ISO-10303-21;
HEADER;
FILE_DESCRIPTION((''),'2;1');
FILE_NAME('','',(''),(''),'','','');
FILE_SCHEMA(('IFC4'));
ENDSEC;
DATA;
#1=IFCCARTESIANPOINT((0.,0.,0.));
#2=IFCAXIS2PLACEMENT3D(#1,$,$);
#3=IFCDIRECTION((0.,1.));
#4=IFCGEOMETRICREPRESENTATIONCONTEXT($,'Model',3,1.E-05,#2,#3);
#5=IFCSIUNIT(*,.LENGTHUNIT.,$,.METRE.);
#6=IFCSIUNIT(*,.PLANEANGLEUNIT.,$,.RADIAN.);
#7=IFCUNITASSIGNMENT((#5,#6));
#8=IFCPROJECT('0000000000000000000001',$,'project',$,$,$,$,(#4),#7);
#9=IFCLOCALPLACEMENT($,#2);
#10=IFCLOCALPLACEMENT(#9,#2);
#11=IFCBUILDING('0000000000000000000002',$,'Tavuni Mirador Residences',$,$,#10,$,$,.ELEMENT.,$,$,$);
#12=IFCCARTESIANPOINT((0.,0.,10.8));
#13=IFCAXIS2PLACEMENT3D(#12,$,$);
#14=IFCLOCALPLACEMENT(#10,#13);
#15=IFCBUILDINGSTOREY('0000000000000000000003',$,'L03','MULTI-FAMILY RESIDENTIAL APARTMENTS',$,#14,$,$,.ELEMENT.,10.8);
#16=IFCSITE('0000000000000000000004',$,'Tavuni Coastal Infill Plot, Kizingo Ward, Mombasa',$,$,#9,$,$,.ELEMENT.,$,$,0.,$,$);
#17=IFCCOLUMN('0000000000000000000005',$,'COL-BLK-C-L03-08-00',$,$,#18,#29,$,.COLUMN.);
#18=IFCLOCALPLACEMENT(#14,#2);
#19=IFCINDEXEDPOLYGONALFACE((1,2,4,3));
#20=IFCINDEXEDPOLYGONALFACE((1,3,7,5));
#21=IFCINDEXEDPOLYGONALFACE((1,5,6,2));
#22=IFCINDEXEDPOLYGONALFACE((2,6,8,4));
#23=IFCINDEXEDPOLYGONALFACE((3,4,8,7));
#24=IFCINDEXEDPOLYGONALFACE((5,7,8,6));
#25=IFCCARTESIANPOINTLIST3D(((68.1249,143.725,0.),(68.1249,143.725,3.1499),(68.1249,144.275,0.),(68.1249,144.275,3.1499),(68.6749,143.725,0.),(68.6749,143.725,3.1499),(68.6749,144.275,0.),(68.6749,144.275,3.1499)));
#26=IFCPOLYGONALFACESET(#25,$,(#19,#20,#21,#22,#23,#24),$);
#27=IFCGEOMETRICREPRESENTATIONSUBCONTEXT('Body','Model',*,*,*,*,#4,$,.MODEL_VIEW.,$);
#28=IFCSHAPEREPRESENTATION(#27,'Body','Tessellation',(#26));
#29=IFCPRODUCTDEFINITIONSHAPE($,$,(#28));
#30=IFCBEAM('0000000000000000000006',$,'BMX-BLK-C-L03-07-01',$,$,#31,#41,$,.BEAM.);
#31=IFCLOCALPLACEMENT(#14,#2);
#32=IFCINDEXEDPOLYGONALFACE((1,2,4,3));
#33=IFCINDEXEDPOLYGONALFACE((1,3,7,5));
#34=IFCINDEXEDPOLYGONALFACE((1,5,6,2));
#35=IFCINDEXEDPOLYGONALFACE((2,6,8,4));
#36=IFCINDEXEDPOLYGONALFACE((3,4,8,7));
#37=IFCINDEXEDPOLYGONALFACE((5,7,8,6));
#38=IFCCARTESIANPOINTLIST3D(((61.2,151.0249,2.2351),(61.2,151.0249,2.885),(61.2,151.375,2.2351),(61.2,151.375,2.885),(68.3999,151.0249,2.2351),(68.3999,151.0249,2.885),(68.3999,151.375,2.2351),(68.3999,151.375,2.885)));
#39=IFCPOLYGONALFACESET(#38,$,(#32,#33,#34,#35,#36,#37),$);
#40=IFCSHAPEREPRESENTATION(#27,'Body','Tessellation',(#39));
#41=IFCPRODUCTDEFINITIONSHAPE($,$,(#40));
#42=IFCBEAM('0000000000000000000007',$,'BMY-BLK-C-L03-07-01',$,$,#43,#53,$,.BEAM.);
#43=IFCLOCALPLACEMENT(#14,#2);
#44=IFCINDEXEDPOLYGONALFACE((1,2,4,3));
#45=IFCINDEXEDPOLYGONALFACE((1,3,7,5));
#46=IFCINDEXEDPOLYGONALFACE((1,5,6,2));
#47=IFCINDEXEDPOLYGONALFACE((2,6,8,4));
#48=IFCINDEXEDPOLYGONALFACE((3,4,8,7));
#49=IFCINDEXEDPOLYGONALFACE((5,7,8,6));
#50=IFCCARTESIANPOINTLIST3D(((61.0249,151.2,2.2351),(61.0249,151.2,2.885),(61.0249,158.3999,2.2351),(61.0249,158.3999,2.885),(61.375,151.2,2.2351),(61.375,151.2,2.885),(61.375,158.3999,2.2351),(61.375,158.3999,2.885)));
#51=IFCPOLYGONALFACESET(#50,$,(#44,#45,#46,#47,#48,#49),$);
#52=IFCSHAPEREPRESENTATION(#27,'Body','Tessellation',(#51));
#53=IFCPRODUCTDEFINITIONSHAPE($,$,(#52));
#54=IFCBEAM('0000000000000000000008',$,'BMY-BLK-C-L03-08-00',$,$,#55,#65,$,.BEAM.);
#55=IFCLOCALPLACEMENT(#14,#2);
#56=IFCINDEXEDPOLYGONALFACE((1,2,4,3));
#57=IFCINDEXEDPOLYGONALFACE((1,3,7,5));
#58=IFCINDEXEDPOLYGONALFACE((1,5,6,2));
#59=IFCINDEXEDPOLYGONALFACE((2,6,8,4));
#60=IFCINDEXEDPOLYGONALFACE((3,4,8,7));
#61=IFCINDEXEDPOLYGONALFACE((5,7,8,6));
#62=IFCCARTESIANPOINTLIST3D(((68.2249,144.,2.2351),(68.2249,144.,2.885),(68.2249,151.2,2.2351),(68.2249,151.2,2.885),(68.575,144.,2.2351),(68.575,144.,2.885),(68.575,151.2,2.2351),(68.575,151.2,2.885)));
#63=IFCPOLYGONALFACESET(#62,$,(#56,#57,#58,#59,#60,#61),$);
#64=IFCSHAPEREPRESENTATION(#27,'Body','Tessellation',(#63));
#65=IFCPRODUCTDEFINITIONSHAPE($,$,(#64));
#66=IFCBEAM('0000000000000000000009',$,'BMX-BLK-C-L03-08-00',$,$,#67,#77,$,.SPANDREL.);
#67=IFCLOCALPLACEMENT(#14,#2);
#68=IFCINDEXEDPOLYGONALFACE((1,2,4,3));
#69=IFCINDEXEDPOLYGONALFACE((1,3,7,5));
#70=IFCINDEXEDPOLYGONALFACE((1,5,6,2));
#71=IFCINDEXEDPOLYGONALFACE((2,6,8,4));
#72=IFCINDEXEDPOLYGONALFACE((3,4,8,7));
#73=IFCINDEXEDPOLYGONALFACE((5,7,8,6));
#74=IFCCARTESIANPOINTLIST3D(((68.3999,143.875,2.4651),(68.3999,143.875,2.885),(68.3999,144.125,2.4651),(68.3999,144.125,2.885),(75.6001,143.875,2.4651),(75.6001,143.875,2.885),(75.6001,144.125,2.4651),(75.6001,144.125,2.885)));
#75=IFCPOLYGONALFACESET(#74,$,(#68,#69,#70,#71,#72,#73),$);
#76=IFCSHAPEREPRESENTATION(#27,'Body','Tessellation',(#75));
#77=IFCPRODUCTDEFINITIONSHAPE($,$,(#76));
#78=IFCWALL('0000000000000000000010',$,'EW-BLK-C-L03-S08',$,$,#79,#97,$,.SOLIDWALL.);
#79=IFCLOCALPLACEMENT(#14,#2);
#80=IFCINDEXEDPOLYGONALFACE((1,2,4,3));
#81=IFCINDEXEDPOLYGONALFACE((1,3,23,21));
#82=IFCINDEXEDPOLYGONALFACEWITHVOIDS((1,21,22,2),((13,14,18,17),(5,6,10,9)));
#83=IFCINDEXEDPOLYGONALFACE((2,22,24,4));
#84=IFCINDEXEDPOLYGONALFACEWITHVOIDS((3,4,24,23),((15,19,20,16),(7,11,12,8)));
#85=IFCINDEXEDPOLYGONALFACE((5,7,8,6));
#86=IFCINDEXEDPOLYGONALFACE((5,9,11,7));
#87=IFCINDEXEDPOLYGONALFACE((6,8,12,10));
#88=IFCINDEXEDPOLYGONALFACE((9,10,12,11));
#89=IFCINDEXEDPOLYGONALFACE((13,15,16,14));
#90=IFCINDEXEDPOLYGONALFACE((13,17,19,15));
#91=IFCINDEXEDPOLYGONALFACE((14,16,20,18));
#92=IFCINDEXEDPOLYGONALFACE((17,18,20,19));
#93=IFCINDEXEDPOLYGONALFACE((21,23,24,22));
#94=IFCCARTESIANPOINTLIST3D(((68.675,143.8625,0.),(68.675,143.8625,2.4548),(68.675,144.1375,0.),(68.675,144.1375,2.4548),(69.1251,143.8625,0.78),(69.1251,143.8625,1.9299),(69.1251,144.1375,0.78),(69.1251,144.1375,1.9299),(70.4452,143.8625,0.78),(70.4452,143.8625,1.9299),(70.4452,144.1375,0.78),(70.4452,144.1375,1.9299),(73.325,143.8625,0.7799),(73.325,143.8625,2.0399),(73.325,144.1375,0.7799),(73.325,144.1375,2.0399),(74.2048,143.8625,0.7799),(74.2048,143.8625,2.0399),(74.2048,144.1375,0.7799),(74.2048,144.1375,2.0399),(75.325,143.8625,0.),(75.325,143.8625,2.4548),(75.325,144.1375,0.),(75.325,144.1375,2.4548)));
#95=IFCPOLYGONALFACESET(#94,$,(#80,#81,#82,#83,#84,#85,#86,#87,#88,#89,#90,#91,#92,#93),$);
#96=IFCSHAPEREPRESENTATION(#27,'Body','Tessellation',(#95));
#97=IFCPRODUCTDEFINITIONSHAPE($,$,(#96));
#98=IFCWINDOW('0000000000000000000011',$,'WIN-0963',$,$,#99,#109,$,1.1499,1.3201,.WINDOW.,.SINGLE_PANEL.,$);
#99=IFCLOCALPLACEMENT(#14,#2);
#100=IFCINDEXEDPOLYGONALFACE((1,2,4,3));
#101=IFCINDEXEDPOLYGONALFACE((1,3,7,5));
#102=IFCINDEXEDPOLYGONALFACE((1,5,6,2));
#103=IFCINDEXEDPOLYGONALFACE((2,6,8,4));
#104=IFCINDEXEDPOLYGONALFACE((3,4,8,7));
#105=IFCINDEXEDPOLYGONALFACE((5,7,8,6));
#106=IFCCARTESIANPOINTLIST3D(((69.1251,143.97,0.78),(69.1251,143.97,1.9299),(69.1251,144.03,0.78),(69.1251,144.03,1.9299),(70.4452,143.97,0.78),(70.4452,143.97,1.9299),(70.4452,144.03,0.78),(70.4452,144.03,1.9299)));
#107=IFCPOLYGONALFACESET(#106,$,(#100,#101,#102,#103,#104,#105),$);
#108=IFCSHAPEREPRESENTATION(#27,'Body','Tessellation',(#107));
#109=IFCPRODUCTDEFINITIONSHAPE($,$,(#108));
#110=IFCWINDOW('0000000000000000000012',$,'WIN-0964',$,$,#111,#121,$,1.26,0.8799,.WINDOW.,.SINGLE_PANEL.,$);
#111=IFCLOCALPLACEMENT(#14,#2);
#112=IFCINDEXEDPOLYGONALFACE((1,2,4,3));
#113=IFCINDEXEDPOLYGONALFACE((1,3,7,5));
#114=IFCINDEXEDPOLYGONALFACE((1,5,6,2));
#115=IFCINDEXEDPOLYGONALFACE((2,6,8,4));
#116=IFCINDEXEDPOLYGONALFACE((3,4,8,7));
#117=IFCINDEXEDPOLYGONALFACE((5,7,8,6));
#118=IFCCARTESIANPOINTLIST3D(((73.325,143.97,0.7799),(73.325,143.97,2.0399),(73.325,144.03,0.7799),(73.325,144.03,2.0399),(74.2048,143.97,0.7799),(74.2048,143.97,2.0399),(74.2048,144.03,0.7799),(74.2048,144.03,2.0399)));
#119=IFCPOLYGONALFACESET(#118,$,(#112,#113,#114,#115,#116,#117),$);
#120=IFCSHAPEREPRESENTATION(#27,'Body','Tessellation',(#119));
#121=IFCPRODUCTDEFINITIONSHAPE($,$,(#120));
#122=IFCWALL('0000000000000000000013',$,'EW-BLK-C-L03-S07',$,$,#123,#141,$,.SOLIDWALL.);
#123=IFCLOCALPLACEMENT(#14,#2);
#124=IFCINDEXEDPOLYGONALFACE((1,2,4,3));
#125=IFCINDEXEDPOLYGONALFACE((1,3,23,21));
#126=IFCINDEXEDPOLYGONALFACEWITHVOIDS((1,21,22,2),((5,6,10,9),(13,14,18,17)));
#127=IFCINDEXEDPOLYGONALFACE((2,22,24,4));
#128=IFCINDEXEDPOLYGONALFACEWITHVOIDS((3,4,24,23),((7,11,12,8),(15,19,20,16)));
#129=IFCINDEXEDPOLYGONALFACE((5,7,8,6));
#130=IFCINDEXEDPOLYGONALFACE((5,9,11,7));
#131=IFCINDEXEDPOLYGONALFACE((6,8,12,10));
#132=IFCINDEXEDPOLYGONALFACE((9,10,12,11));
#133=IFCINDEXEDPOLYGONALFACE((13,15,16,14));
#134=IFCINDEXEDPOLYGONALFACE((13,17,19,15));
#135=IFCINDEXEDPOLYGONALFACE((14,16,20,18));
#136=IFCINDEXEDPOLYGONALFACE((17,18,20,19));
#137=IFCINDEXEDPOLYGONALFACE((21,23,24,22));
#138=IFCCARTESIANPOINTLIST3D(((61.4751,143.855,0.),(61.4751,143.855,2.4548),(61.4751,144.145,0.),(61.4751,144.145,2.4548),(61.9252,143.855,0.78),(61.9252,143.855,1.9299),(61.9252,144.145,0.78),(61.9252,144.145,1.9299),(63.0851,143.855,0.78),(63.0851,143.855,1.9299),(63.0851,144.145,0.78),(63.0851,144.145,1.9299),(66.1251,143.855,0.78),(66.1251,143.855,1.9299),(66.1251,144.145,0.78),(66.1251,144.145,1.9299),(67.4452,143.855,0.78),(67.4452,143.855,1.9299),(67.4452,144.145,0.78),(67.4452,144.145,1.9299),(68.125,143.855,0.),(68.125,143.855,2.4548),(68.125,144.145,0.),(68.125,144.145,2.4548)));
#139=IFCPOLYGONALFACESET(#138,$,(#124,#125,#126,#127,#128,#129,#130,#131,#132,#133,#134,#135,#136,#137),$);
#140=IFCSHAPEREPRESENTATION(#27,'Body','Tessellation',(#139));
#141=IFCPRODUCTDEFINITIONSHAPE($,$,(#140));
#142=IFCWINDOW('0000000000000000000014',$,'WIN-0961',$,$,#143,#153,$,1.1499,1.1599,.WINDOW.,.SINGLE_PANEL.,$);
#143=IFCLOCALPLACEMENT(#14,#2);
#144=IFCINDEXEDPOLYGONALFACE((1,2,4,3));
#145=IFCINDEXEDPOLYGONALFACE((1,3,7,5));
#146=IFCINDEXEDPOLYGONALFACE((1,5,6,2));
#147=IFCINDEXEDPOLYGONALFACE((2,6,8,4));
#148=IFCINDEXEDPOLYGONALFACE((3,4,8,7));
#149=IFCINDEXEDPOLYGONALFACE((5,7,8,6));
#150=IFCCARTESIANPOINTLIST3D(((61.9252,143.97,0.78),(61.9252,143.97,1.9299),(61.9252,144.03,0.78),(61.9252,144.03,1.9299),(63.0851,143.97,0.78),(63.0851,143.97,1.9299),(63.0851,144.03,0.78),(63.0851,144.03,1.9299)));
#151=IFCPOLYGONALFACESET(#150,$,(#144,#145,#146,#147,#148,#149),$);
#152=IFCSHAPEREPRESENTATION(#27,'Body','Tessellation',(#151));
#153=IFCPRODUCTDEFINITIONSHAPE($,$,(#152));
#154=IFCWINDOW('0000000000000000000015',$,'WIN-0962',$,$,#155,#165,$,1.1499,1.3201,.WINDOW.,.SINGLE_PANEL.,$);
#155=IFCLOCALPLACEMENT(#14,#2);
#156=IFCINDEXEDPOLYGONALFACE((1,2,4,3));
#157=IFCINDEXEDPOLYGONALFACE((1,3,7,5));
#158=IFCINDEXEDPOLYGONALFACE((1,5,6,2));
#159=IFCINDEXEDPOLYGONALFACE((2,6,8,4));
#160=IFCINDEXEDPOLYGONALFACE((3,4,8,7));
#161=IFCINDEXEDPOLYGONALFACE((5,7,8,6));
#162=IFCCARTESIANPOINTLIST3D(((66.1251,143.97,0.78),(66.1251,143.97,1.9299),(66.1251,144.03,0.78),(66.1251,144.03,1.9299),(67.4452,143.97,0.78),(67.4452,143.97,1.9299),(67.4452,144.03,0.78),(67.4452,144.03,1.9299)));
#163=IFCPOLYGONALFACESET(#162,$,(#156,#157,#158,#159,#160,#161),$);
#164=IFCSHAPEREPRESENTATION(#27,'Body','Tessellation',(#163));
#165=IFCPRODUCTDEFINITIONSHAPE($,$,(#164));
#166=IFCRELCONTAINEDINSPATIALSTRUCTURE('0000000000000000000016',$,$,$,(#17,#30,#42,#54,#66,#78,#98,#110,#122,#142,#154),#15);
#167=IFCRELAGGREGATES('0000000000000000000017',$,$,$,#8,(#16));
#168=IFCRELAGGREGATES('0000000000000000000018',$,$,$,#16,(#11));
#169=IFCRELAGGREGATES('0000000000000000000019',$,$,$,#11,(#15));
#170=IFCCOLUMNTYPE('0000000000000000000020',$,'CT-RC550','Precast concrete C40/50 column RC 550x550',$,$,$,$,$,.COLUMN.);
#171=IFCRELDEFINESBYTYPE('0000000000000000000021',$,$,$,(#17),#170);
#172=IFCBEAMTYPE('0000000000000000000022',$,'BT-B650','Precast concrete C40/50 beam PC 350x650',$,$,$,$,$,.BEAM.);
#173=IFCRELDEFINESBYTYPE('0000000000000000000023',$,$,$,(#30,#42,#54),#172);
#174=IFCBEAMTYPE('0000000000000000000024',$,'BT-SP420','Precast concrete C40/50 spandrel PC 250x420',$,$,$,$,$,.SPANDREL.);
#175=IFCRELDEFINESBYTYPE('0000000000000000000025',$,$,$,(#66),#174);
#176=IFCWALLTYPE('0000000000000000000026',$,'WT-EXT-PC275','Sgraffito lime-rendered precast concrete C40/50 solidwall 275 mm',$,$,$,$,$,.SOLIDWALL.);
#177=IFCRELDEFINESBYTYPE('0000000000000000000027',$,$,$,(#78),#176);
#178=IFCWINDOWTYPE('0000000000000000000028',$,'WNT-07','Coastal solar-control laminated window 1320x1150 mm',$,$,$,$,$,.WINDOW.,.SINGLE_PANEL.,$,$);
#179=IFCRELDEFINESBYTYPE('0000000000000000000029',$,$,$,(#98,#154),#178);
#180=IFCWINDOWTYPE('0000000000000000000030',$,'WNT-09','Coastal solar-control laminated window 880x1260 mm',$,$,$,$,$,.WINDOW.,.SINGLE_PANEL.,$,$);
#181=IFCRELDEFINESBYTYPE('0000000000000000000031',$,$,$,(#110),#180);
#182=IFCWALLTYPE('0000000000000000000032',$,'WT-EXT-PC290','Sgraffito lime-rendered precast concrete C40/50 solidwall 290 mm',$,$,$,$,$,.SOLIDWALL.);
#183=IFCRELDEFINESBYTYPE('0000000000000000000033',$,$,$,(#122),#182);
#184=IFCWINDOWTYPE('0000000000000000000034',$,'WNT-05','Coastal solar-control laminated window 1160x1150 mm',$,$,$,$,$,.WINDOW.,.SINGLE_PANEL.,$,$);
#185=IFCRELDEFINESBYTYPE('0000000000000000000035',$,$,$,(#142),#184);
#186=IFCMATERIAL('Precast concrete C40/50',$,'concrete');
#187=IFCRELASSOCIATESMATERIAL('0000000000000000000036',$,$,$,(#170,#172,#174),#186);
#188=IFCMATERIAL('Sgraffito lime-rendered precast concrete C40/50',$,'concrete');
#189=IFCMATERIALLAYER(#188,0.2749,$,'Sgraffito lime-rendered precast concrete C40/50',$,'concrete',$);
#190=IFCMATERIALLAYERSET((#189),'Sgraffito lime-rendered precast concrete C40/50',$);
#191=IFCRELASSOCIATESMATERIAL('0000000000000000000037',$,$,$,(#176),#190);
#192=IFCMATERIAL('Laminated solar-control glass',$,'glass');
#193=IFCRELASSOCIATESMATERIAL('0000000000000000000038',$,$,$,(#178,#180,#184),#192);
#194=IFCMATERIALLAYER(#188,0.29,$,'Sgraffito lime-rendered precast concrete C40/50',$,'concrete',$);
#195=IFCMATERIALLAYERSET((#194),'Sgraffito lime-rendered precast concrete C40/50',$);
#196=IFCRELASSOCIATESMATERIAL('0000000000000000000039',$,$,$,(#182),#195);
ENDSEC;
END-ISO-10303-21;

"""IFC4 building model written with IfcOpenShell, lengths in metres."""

from ifc_helpers import new_model, si_unit, direction, frame, frame_2d, origin, origin_2d, place, context, subcontext, project, spatial, rectangle, extrude, material, layer, layer_set, material_profile, profile_set, type_object, element, fill, save


model = new_model("IFC4")

# Units and contexts
model_context = context("Model", 3, precision=1e-05, world=origin(), true_north=direction((0.0, 1.0)))
body_context = subcontext(model_context, "Body", "Model", "MODEL_VIEW")
ifc_project = project(units=[si_unit("LENGTHUNIT", "METRE"), si_unit("PLANEANGLEUNIT", "RADIAN")], contexts=[model_context])

# Site, building, storey
site_placement = place(None, origin())
site = spatial("IfcSite", under=ifc_project, at=site_placement, Name="Tavuni Coastal Infill Plot, Kizingo Ward, Mombasa", CompositionType="ELEMENT", RefElevation=0.0)
building_placement = place(site_placement, origin())
building = spatial("IfcBuilding", under=site, at=building_placement, Name="Tavuni Mirador Residences", CompositionType="ELEMENT")
storey_placement = place(building_placement, frame((0.0, 0.0, 10.8)))
storey = spatial("IfcBuildingStorey", under=building, at=storey_placement, Name="L03", Description="MULTI-FAMILY RESIDENTIAL APARTMENTS", CompositionType="ELEMENT", Elevation=10.8)

# Column
ifc_material_1 = material(Name="Precast concrete C40/50", Category="concrete")
ifc_material_profile_1 = material_profile(ifc_material_1, rectangle(XDim=0.55, YDim=0.55, at=origin_2d()), Name="RC 550x550", Category="concrete")
ifc_profile_set_1 = profile_set([ifc_material_profile_1], Name="Precast concrete C40/50")
column_type = type_object("IfcColumnType", Name="CT-RC550", Description="Precast concrete C40/50 column RC 550x550", PredefinedType="COLUMN", material=ifc_profile_set_1)
column_placement = place(storey_placement, frame((68.3999, 144.0, 0.0), z_axis=(0.0, 0.0, 1.0), x_axis=(1.0, 0.0, 0.0)))
element("IfcColumn", 1, at=column_placement, inside=storey, type_object=column_type, Name="COL-BLK-C-L03-08-00", PredefinedType="COLUMN", context=body_context, shape_type="SweptSolid", body=[
    extrude(rectangle(XDim=0.55, YDim=0.55, at=origin_2d()), origin(), (0.0, 0.0, 1.0), 3.1499),
])

# Beams
ifc_material_profile_2 = material_profile(ifc_material_1, rectangle(XDim=0.3501, YDim=0.6499, at=origin_2d()), Name="PC 350x650", Category="concrete")
ifc_profile_set_2 = profile_set([ifc_material_profile_2], Name="Precast concrete C40/50")
beam_type_1 = type_object("IfcBeamType", Name="BT-B650", Description="Precast concrete C40/50 beam PC 350x650", PredefinedType="BEAM", material=ifc_profile_set_2)
for number, where, z_axis, x_axis, name in (
    (2, (61.2, 151.2, 2.5601), (1.0, 0.0, 0.0), (0.0, 1.0, 0.0), "BMX-BLK-C-L03-07-01"),
    (3, (61.2, 151.2, 2.5601), (0.0, 1.0, 0.0), (-1.0, 0.0, 0.0), "BMY-BLK-C-L03-07-01"),
    (4, (68.3999, 144.0, 2.5601), (0.0, 1.0, 0.0), (-1.0, 0.0, 0.0), "BMY-BLK-C-L03-08-00"),
):
    element("IfcBeam", number, at=place(storey_placement, frame(where, z_axis=z_axis, x_axis=x_axis)), inside=storey, type_object=beam_type_1, Name=name, PredefinedType="BEAM", context=body_context, shape_type="SweptSolid", body=[
        extrude(rectangle(XDim=0.3501, YDim=0.6499, at=origin_2d()), origin(), (0.0, 0.0, 1.0), 7.2),
    ])
ifc_material_profile_3 = material_profile(ifc_material_1, rectangle(XDim=0.25, YDim=0.4199, at=origin_2d()), Name="PC 250x420", Category="concrete")
ifc_profile_set_3 = profile_set([ifc_material_profile_3], Name="Precast concrete C40/50")
beam_type_2 = type_object("IfcBeamType", Name="BT-SP420", Description="Precast concrete C40/50 spandrel PC 250x420", PredefinedType="SPANDREL", material=ifc_profile_set_3)
beam_placement = place(storey_placement, frame((68.3999, 144.0, 2.675), z_axis=(1.0, 0.0, 0.0), x_axis=(0.0, 1.0, 0.0)))
element("IfcBeam", 5, at=beam_placement, inside=storey, type_object=beam_type_2, Name="BMX-BLK-C-L03-08-00", PredefinedType="SPANDREL", context=body_context, shape_type="SweptSolid", body=[
    extrude(rectangle(XDim=0.25, YDim=0.4199, at=origin_2d()), origin(), (0.0, 0.0, 1.0), 7.2002),
])

# Walls, openings, windows
ifc_material_2 = material(Name="Sgraffito lime-rendered precast concrete C40/50", Category="concrete")
ifc_layer_1 = layer(ifc_material_2, 0.2749, Name="Sgraffito lime-rendered precast concrete C40/50", Category="concrete")
ifc_layer_set_1 = layer_set([ifc_layer_1], Name="Sgraffito lime-rendered precast concrete C40/50")
wall_type_1 = type_object("IfcWallType", Name="WT-EXT-PC275", Description="Sgraffito lime-rendered precast concrete C40/50 solidwall 275 mm", PredefinedType="SOLIDWALL", material=ifc_layer_set_1)
wall_1_placement = place(storey_placement, frame((68.675, 144.0, 0.0), z_axis=(0.0, 0.0, 1.0), x_axis=(1.0, 0.0, 0.0)))
wall_1 = element("IfcWall", 6, at=wall_1_placement, inside=storey, type_object=wall_type_1, Name="EW-BLK-C-L03-S08", PredefinedType="SOLIDWALL", context=body_context, shape_type="SweptSolid", body=[
    extrude(rectangle(XDim=6.6499, YDim=0.2749, at=frame_2d((3.325, 0.0))), origin(), (0.0, 0.0, 1.0), 2.4548),
])
opening_1_placement = place(wall_1_placement, frame((0.45, 0.0, 0.78)))
opening_1 = element("IfcOpeningElement", 7, at=opening_1_placement, cuts=wall_1, PredefinedType="OPENING", context=body_context, shape_type="SweptSolid", body=[
    extrude(rectangle(XDim=1.3201, YDim=1.1499, at=frame_2d((0.6602, 0.575))), frame((0.0, 0.1475, 0.0), z_axis=(0.0, -1.0, 0.0), x_axis=(1.0, 0.0, 0.0)), (0.0, 0.0, 1.0), 0.2949),
])
opening_2_placement = place(wall_1_placement, frame((4.6499, 0.0, 0.78)))
opening_2 = element("IfcOpeningElement", 8, at=opening_2_placement, cuts=wall_1, PredefinedType="OPENING", context=body_context, shape_type="SweptSolid", body=[
    extrude(rectangle(XDim=0.8799, YDim=1.26, at=frame_2d((0.4399, 0.6299))), frame((0.0, 0.1475, 0.0), z_axis=(0.0, -1.0, 0.0), x_axis=(1.0, 0.0, 0.0)), (0.0, 0.0, 1.0), 0.2949),
])
ifc_material_3 = material(Name="Laminated solar-control glass", Category="glass")
window_type_1 = type_object("IfcWindowType", Name="WNT-07", Description="Coastal solar-control laminated window 1320x1150 mm", PartitioningType="SINGLE_PANEL", PredefinedType="WINDOW", material=ifc_material_3)
window_1_placement = place(opening_1_placement, origin())
window_1 = element("IfcWindow", 9, at=window_1_placement, inside=storey, type_object=window_type_1, Name="WIN-0963", OverallHeight=1.1499, OverallWidth=1.3201, PartitioningType="SINGLE_PANEL", PredefinedType="WINDOW", context=body_context, shape_type="SweptSolid", body=[
    extrude(rectangle(XDim=1.3201, YDim=1.1499, at=frame_2d((0.6602, 0.575))), frame((0.0, 0.03, 0.0), z_axis=(0.0, -1.0, 0.0), x_axis=(1.0, 0.0, 0.0)), (0.0, 0.0, 1.0), 0.0601),
])
fill(opening_1, window_1)
window_type_2 = type_object("IfcWindowType", Name="WNT-09", Description="Coastal solar-control laminated window 880x1260 mm", PartitioningType="SINGLE_PANEL", PredefinedType="WINDOW", material=ifc_material_3)
window_2_placement = place(opening_2_placement, origin())
window_2 = element("IfcWindow", 10, at=window_2_placement, inside=storey, type_object=window_type_2, Name="WIN-0964", OverallHeight=1.26, OverallWidth=0.8799, PartitioningType="SINGLE_PANEL", PredefinedType="WINDOW", context=body_context, shape_type="SweptSolid", body=[
    extrude(rectangle(XDim=0.8799, YDim=1.26, at=frame_2d((0.4399, 0.6299))), frame((0.0, 0.03, 0.0), z_axis=(0.0, -1.0, 0.0), x_axis=(1.0, 0.0, 0.0)), (0.0, 0.0, 1.0), 0.0601),
])
fill(opening_2, window_2)
ifc_layer_2 = layer(ifc_material_2, 0.29, Name="Sgraffito lime-rendered precast concrete C40/50", Category="concrete")
ifc_layer_set_2 = layer_set([ifc_layer_2], Name="Sgraffito lime-rendered precast concrete C40/50")
wall_type_2 = type_object("IfcWallType", Name="WT-EXT-PC290", Description="Sgraffito lime-rendered precast concrete C40/50 solidwall 290 mm", PredefinedType="SOLIDWALL", material=ifc_layer_set_2)
wall_2_placement = place(storey_placement, frame((61.4751, 144.0, 0.0), z_axis=(0.0, 0.0, 1.0), x_axis=(1.0, 0.0, 0.0)))
wall_2 = element("IfcWall", 11, at=wall_2_placement, inside=storey, type_object=wall_type_2, Name="EW-BLK-C-L03-S07", PredefinedType="SOLIDWALL", context=body_context, shape_type="SweptSolid", body=[
    extrude(rectangle(XDim=6.6499, YDim=0.29, at=frame_2d((3.325, 0.0))), origin(), (0.0, 0.0, 1.0), 2.4548),
])
opening_3_placement = place(wall_2_placement, frame((0.45, 0.0, 0.78)))
opening_3 = element("IfcOpeningElement", 12, at=opening_3_placement, cuts=wall_2, PredefinedType="OPENING", context=body_context, shape_type="SweptSolid", body=[
    extrude(rectangle(XDim=1.1599, YDim=1.1499, at=frame_2d((0.5801, 0.575))), frame((0.0, 0.155, 0.0), z_axis=(0.0, -1.0, 0.0), x_axis=(1.0, 0.0, 0.0)), (0.0, 0.0, 1.0), 0.3101),
])
opening_4_placement = place(wall_2_placement, frame((4.6499, 0.0, 0.78)))
opening_4 = element("IfcOpeningElement", 13, at=opening_4_placement, cuts=wall_2, PredefinedType="OPENING", context=body_context, shape_type="SweptSolid", body=[
    extrude(rectangle(XDim=1.3201, YDim=1.1499, at=frame_2d((0.6602, 0.575))), frame((0.0, 0.155, 0.0), z_axis=(0.0, -1.0, 0.0), x_axis=(1.0, 0.0, 0.0)), (0.0, 0.0, 1.0), 0.3101),
])
window_type_3 = type_object("IfcWindowType", Name="WNT-05", Description="Coastal solar-control laminated window 1160x1150 mm", PartitioningType="SINGLE_PANEL", PredefinedType="WINDOW", material=ifc_material_3)
window_3_placement = place(opening_3_placement, origin())
window_3 = element("IfcWindow", 14, at=window_3_placement, inside=storey, type_object=window_type_3, Name="WIN-0961", OverallHeight=1.1499, OverallWidth=1.1599, PartitioningType="SINGLE_PANEL", PredefinedType="WINDOW", context=body_context, shape_type="SweptSolid", body=[
    extrude(rectangle(XDim=1.1599, YDim=1.1499, at=frame_2d((0.5801, 0.575))), frame((0.0, 0.03, 0.0), z_axis=(0.0, -1.0, 0.0), x_axis=(1.0, 0.0, 0.0)), (0.0, 0.0, 1.0), 0.0601),
])
fill(opening_3, window_3)
window_4_placement = place(opening_4_placement, origin())
window_4 = element("IfcWindow", 15, at=window_4_placement, inside=storey, type_object=window_type_1, Name="WIN-0962", OverallHeight=1.1499, OverallWidth=1.3201, PartitioningType="SINGLE_PANEL", PredefinedType="WINDOW", context=body_context, shape_type="SweptSolid", body=[
    extrude(rectangle(XDim=1.3201, YDim=1.1499, at=frame_2d((0.6602, 0.575))), frame((0.0, 0.03, 0.0), z_axis=(0.0, -1.0, 0.0), x_axis=(1.0, 0.0, 0.0)), (0.0, 0.0, 1.0), 0.0601),
])
fill(opening_4, window_4)

save(model, "model.ifc")
